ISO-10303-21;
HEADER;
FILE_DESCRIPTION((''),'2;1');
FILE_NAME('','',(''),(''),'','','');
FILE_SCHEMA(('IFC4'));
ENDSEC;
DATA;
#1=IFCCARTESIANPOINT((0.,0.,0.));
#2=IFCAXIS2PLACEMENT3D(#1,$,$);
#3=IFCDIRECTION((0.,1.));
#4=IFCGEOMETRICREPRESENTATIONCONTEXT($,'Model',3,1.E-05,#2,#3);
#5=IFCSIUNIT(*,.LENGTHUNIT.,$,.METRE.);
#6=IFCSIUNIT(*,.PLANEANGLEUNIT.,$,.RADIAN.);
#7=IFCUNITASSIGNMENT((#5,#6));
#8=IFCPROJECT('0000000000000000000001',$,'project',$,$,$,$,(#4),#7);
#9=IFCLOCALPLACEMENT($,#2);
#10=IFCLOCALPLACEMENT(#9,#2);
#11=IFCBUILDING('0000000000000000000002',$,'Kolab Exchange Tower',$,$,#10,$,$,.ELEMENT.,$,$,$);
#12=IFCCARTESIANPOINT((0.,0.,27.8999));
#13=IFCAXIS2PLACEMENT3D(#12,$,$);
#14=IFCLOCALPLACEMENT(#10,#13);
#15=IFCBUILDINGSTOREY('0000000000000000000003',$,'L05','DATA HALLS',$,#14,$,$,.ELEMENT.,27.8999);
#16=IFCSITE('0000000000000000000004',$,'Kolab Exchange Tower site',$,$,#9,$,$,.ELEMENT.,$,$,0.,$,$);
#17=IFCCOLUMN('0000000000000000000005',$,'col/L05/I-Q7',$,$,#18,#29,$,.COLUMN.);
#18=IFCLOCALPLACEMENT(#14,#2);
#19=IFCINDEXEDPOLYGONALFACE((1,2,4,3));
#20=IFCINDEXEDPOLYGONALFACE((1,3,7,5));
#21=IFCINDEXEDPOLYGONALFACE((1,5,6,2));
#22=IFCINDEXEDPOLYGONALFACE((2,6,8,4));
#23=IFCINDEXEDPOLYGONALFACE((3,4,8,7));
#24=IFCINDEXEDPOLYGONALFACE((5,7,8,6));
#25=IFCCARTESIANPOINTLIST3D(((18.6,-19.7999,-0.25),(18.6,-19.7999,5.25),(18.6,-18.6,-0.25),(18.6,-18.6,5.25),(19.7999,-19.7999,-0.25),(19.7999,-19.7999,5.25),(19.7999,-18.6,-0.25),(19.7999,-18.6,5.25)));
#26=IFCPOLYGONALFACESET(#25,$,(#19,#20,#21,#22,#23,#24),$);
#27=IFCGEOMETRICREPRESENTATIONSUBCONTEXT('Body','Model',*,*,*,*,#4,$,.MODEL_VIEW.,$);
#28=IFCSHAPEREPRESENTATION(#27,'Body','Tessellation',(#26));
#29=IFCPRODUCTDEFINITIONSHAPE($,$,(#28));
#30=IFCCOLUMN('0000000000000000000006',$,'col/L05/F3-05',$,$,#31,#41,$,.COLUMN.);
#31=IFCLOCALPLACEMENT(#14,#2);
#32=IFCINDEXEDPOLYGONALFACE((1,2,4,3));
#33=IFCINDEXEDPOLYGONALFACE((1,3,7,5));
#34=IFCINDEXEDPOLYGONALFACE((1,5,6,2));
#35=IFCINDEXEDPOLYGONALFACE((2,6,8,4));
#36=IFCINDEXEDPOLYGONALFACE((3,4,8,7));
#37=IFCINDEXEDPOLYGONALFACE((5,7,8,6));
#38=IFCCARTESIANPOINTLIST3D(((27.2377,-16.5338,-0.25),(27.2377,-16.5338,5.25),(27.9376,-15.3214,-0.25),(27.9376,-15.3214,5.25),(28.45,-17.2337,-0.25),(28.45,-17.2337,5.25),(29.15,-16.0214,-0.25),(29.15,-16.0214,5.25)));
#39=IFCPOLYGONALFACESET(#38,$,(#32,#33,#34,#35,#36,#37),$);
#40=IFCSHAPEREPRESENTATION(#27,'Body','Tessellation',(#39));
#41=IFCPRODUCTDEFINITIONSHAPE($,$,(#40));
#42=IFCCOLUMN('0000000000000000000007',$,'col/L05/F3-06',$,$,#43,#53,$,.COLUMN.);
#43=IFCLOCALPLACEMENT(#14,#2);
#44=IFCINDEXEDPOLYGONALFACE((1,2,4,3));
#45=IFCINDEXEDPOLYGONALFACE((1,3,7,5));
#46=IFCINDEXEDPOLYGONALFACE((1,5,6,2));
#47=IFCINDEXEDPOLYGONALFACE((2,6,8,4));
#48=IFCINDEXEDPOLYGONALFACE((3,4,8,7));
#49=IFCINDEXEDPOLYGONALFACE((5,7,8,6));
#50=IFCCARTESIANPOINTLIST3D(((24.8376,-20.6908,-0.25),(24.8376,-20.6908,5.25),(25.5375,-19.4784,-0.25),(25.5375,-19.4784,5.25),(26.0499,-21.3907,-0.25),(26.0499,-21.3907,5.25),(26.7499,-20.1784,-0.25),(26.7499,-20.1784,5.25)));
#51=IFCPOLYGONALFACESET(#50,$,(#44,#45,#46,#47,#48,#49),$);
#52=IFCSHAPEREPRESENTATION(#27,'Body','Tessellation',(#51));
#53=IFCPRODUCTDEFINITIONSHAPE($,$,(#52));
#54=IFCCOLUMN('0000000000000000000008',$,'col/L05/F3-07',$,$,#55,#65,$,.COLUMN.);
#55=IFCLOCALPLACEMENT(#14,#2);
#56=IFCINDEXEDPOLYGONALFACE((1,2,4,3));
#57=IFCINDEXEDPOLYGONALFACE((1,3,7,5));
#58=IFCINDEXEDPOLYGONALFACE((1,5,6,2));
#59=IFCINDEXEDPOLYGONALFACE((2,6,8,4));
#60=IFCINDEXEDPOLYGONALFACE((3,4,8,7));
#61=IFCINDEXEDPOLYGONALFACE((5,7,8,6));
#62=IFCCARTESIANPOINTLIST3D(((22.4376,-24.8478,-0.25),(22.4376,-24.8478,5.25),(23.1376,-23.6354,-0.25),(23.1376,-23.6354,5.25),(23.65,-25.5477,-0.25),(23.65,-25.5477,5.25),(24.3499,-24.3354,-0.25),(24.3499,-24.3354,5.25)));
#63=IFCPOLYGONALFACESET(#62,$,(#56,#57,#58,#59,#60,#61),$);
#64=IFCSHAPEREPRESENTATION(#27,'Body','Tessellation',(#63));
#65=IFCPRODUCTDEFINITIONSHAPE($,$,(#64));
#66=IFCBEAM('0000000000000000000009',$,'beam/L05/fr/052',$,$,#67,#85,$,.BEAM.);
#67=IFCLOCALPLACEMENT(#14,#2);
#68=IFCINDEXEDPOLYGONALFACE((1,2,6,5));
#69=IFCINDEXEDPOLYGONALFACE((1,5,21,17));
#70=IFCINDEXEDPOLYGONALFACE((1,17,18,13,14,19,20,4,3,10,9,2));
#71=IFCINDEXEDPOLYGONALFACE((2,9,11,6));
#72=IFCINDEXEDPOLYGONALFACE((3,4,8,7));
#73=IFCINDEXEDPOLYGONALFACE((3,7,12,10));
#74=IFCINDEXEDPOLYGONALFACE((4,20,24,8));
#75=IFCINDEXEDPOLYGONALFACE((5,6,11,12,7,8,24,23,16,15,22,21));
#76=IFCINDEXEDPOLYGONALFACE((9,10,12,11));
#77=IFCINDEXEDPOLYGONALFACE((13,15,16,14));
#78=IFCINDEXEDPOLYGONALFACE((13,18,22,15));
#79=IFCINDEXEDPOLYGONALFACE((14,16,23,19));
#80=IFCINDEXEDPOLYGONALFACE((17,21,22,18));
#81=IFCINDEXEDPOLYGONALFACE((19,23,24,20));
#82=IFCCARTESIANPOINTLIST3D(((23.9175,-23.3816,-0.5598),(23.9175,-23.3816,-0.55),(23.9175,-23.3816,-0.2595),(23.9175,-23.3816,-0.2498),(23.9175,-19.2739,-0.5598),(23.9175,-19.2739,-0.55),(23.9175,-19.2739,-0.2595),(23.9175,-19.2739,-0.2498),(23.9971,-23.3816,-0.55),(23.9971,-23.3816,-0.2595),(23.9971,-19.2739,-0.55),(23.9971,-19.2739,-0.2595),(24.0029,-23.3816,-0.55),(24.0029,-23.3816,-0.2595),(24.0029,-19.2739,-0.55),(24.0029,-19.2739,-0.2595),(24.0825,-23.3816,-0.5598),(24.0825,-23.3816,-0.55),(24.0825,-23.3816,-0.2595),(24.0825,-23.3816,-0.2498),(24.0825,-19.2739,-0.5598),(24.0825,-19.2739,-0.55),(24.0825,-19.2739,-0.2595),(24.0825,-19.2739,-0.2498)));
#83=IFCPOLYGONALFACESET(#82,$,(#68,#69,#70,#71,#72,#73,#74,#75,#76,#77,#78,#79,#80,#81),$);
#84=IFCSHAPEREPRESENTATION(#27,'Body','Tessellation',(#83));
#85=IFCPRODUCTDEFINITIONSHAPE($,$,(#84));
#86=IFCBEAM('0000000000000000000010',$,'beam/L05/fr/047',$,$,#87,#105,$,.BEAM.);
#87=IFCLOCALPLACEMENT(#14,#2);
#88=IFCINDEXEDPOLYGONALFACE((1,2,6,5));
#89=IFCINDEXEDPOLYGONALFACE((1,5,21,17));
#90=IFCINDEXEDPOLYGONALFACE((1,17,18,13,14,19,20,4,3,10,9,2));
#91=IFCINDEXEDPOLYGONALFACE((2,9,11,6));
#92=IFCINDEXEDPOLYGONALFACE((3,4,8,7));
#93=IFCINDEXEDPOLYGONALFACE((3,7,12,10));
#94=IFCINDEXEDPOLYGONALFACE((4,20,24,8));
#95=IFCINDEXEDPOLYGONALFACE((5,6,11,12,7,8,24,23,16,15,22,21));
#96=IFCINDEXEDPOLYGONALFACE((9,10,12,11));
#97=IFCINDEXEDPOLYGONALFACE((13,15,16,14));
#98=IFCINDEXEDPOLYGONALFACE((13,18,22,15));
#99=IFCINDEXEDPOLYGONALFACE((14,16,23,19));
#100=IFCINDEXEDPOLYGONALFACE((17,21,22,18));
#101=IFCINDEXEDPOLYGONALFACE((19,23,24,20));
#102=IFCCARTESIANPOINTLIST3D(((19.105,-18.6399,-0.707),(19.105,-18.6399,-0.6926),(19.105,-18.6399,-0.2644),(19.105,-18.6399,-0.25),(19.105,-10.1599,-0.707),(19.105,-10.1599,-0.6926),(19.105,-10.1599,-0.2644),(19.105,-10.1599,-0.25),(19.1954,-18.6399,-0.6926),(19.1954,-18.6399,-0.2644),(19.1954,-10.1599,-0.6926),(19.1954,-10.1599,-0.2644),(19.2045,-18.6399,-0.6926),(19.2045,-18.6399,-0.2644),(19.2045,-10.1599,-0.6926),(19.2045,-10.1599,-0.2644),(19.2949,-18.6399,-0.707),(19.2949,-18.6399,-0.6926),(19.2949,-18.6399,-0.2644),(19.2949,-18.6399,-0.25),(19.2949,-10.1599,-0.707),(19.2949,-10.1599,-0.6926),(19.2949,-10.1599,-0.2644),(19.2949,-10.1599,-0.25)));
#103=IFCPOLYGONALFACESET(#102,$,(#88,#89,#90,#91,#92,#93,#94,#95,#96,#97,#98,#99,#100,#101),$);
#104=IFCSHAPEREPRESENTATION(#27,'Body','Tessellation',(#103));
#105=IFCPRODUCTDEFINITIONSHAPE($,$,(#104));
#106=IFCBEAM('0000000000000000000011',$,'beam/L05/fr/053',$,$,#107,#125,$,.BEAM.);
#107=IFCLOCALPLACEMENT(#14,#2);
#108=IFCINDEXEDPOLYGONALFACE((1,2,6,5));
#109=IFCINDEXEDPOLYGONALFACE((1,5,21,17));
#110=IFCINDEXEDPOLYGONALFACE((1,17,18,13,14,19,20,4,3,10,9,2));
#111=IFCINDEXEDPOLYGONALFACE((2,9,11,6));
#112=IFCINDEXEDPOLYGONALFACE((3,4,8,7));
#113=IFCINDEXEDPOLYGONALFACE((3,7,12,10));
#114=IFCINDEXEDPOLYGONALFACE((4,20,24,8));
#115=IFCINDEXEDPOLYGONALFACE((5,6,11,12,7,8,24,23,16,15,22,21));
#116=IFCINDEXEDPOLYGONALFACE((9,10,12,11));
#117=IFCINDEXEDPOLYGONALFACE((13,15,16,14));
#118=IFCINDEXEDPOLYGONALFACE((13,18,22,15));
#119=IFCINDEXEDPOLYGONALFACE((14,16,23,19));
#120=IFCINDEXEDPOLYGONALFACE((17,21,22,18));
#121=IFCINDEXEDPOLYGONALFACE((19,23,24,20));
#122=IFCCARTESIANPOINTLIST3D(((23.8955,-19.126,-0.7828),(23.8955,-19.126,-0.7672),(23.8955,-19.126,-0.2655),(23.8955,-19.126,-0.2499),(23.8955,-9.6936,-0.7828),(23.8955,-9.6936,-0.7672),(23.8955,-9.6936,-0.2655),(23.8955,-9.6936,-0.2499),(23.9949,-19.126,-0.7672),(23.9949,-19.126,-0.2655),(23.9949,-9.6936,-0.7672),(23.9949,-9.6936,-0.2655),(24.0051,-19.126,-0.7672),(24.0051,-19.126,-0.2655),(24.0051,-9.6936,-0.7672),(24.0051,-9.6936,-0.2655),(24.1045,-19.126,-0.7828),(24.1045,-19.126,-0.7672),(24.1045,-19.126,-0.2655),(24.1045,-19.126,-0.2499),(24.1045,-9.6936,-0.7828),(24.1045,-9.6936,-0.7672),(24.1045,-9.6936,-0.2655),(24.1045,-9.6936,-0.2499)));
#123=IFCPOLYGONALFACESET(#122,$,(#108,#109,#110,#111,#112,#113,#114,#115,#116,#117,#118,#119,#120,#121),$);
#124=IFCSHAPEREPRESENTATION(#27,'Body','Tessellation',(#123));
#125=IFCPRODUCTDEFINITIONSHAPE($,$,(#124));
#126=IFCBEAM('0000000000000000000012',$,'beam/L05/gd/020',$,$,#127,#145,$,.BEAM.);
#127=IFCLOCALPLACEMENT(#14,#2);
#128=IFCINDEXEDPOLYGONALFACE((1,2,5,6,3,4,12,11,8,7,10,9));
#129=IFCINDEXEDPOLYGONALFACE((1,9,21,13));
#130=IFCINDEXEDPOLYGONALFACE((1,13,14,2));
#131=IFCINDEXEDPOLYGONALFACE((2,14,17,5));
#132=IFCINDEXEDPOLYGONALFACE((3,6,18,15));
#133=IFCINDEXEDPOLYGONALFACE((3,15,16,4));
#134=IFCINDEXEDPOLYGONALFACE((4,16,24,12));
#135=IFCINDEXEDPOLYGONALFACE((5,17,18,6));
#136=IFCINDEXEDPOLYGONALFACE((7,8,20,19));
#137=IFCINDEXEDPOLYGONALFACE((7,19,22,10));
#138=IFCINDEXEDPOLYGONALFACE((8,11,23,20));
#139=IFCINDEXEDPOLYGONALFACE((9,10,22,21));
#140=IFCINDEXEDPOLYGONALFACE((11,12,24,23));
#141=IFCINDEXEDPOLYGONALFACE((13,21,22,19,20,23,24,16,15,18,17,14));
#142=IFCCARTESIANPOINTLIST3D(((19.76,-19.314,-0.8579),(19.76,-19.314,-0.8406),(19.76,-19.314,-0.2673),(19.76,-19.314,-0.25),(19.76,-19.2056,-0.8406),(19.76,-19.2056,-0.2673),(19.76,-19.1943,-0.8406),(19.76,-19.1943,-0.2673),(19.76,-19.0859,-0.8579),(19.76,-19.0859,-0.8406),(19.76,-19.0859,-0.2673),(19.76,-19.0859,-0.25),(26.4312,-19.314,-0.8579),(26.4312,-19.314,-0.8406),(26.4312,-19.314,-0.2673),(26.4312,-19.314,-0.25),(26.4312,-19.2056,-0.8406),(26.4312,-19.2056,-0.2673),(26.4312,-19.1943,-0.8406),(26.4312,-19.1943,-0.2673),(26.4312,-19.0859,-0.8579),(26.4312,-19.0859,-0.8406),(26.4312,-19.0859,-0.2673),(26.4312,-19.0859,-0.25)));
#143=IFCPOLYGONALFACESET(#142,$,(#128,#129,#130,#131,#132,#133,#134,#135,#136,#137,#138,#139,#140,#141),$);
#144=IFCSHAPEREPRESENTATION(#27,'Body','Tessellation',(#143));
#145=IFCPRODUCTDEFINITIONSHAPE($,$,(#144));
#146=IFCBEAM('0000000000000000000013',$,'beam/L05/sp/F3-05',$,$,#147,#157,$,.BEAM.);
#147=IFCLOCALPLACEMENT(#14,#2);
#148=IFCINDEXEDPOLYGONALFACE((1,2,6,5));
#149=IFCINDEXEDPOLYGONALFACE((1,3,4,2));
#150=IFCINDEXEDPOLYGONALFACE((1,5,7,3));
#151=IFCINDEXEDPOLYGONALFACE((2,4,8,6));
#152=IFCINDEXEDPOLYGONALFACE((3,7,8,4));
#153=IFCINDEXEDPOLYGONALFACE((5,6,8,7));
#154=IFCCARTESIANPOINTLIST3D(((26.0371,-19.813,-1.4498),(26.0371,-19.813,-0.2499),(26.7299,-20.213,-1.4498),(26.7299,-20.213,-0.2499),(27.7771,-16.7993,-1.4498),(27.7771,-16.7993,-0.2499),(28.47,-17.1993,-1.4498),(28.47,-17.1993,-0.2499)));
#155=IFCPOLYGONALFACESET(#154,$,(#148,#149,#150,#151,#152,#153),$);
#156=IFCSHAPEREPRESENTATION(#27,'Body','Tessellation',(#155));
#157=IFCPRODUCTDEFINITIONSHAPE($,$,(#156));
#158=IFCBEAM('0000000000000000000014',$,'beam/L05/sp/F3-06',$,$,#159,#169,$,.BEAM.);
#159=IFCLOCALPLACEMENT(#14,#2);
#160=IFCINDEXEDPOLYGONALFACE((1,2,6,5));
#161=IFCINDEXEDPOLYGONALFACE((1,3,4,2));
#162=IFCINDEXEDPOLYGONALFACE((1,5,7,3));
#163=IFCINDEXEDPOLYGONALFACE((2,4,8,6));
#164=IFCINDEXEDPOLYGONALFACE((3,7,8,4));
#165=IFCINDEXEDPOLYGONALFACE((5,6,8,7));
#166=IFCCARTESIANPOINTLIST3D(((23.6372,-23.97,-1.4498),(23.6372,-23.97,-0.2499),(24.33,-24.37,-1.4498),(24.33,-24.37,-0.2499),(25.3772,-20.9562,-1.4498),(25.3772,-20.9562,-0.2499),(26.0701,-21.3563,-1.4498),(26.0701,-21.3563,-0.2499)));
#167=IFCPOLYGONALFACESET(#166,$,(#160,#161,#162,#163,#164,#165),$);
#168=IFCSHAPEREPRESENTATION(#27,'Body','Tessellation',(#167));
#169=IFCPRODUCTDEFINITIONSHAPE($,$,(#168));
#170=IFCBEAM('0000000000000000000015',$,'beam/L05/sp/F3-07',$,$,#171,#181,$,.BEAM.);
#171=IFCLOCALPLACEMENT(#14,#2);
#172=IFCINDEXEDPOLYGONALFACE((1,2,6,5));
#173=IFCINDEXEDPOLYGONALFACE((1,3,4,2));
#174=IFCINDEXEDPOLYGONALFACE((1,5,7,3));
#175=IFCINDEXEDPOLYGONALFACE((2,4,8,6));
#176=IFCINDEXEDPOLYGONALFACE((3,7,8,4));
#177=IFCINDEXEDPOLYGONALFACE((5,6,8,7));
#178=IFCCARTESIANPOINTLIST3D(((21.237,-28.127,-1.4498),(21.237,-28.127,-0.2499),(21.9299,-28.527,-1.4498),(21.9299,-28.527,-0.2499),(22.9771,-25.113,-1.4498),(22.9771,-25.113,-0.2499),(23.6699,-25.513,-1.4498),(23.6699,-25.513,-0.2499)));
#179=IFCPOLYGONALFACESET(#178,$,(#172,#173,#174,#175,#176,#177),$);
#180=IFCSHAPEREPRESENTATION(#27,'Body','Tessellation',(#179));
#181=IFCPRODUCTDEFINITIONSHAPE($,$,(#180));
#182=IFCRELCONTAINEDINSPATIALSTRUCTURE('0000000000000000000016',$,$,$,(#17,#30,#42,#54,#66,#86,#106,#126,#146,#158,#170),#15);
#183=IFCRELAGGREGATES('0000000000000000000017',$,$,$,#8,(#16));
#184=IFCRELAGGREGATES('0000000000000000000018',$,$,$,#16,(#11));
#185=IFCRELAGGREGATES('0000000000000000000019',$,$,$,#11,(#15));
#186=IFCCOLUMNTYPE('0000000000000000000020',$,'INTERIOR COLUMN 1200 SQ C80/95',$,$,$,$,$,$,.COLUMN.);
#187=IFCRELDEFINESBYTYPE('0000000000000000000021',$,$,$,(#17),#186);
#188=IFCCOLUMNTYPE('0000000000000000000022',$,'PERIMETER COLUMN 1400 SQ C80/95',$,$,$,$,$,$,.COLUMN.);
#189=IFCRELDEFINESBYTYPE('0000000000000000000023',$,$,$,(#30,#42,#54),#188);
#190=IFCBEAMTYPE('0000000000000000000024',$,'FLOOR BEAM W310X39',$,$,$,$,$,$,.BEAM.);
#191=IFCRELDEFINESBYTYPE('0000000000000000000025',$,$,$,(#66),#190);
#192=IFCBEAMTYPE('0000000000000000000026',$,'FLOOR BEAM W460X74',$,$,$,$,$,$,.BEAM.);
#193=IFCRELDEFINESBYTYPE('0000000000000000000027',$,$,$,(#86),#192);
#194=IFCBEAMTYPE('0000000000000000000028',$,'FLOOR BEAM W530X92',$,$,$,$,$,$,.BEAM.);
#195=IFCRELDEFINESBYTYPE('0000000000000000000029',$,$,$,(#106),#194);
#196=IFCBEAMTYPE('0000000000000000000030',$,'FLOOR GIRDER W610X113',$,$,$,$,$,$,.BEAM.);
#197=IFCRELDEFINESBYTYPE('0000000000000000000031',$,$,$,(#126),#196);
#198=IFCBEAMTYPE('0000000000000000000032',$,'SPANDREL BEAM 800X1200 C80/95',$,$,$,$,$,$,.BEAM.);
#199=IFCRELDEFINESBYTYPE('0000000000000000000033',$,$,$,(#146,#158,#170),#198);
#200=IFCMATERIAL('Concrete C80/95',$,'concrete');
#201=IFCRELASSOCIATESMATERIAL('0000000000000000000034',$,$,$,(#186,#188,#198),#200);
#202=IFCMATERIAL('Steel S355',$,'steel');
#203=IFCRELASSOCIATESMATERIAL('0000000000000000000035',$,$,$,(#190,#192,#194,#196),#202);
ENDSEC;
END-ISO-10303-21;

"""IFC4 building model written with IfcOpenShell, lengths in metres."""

from ifc_helpers import new_model, si_unit, direction, frame, origin, origin_2d, place, context, subcontext, project, spatial, rectangle, i_section, extrude, material, material_profile, profile_set, type_object, element, save


model = new_model("IFC4")

# Units and contexts
model_context = context("Model", 3, precision=1e-05, world=origin(), true_north=direction((0.0, 1.0)))
body_context = subcontext(model_context, "Body", "Model", "MODEL_VIEW")
ifc_project = project(units=[si_unit("LENGTHUNIT", "METRE"), si_unit("PLANEANGLEUNIT", "RADIAN")], contexts=[model_context])

# Site, building, storey
site_placement = place(None, origin())
site = spatial("IfcSite", under=ifc_project, at=site_placement, Name="Kolab Exchange Tower site", CompositionType="ELEMENT", RefElevation=0.0)
building_placement = place(site_placement, origin())
building = spatial("IfcBuilding", under=site, at=building_placement, Name="Kolab Exchange Tower", CompositionType="ELEMENT")
storey_placement = place(building_placement, frame((0.0, 0.0, 27.8999)))
storey = spatial("IfcBuildingStorey", under=building, at=storey_placement, Name="L05", Description="DATA HALLS", CompositionType="ELEMENT", Elevation=27.8999)

# Columns
ifc_material_1 = material(Name="Concrete C80/95", Category="concrete")
ifc_material_profile_1 = material_profile(ifc_material_1, rectangle(XDim=1.2, YDim=1.2, at=origin_2d()), Name="RC1200")
ifc_profile_set_1 = profile_set([ifc_material_profile_1], Name="Concrete C80/95")
column_type_1 = type_object("IfcColumnType", Name="INTERIOR COLUMN 1200 SQ C80/95", PredefinedType="COLUMN", material=ifc_profile_set_1)
column_placement = place(storey_placement, frame((19.2, -19.2, -0.25), z_axis=(0.0, 0.0, 1.0), x_axis=(1.0, 0.0, 0.0)))
element("IfcColumn", 1, at=column_placement, inside=storey, type_object=column_type_1, Name="col/L05/I-Q7", PredefinedType="COLUMN", context=body_context, shape_type="SweptSolid", body=[
    extrude(rectangle(XDim=1.2, YDim=1.2, at=origin_2d()), origin(), (0.0, 0.0, 1.0), 5.5),
])
ifc_material_profile_2 = material_profile(ifc_material_1, rectangle(XDim=1.3999, YDim=1.3999, at=origin_2d()), Name="RC1400")
ifc_profile_set_2 = profile_set([ifc_material_profile_2], Name="Concrete C80/95")
column_type_2 = type_object("IfcColumnType", Name="PERIMETER COLUMN 1400 SQ C80/95", PredefinedType="COLUMN", material=ifc_profile_set_2)
for number, where, z_axis, x_axis, name in (
    (2, (28.1938, -16.2776, -0.25), (0.0, 0.0, 1.0), (0.5, 0.866025, 0.0), "col/L05/F3-05"),
    (3, (25.7937, -20.4346, -0.25), (0.0, 0.0, 1.0), (0.5, 0.866025, 0.0), "col/L05/F3-06"),
    (4, (23.3938, -24.5916, -0.25), (0.0, 0.0, 1.0), (0.5, 0.866025, 0.0), "col/L05/F3-07"),
):
    element("IfcColumn", number, at=place(storey_placement, frame(where, z_axis=z_axis, x_axis=x_axis)), inside=storey, type_object=column_type_2, Name=name, PredefinedType="COLUMN", context=body_context, shape_type="SweptSolid", body=[
        extrude(rectangle(XDim=1.3999, YDim=1.3999, at=origin_2d()), origin(), (0.0, 0.0, 1.0), 5.5),
    ])

# Beams
ifc_material_2 = material(Name="Steel S355", Category="steel")
ifc_material_profile_3 = material_profile(ifc_material_2, i_section(OverallWidth=0.165, OverallDepth=0.3101, WebThickness=0.0059, FlangeThickness=0.0098, at=origin_2d()), Name="W310X39")
ifc_profile_set_3 = profile_set([ifc_material_profile_3], Name="Steel S355")
beam_type_1 = type_object("IfcBeamType", Name="FLOOR BEAM W310X39", PredefinedType="BEAM", material=ifc_profile_set_3)
beam_1_placement = place(storey_placement, frame((24.0, -23.3816, -0.4048), z_axis=(0.0, 1.0, 0.0), x_axis=(-1.0, 0.0, 0.0)))
element("IfcBeam", 5, at=beam_1_placement, inside=storey, type_object=beam_type_1, Name="beam/L05/fr/052", PredefinedType="BEAM", context=body_context, shape_type="SweptSolid", body=[
    extrude(i_section(OverallWidth=0.165, OverallDepth=0.3101, WebThickness=0.0059, FlangeThickness=0.0098, at=origin_2d()), origin(), (0.0, 0.0, 1.0), 4.1077),
])
ifc_material_profile_4 = material_profile(ifc_material_2, i_section(OverallWidth=0.1899, OverallDepth=0.457, WebThickness=0.009, FlangeThickness=0.0144, at=origin_2d()), Name="W460X74")
ifc_profile_set_4 = profile_set([ifc_material_profile_4], Name="Steel S355")
beam_type_2 = type_object("IfcBeamType", Name="FLOOR BEAM W460X74", PredefinedType="BEAM", material=ifc_profile_set_4)
beam_2_placement = place(storey_placement, frame((19.2, -18.6399, -0.4785), z_axis=(0.0, 1.0, 0.0), x_axis=(-1.0, 0.0, 0.0)))
element("IfcBeam", 6, at=beam_2_placement, inside=storey, type_object=beam_type_2, Name="beam/L05/fr/047", PredefinedType="BEAM", context=body_context, shape_type="SweptSolid", body=[
    extrude(i_section(OverallWidth=0.1899, OverallDepth=0.457, WebThickness=0.009, FlangeThickness=0.0144, at=origin_2d()), origin(), (0.0, 0.0, 1.0), 8.48),
])
ifc_material_profile_5 = material_profile(ifc_material_2, i_section(OverallWidth=0.209, OverallDepth=0.533, WebThickness=0.0103, FlangeThickness=0.0156, at=origin_2d()), Name="W530X92")
ifc_profile_set_5 = profile_set([ifc_material_profile_5], Name="Steel S355")
beam_type_3 = type_object("IfcBeamType", Name="FLOOR BEAM W530X92", PredefinedType="BEAM", material=ifc_profile_set_5)
beam_3_placement = place(storey_placement, frame((24.0, -19.126, -0.5164), z_axis=(0.0, 1.0, 0.0), x_axis=(-1.0, 0.0, 0.0)))
element("IfcBeam", 7, at=beam_3_placement, inside=storey, type_object=beam_type_3, Name="beam/L05/fr/053", PredefinedType="BEAM", context=body_context, shape_type="SweptSolid", body=[
    extrude(i_section(OverallWidth=0.209, OverallDepth=0.533, WebThickness=0.0103, FlangeThickness=0.0156, at=origin_2d()), origin(), (0.0, 0.0, 1.0), 9.4324),
])
ifc_material_profile_6 = material_profile(ifc_material_2, i_section(OverallWidth=0.228, OverallDepth=0.6079, WebThickness=0.0112, FlangeThickness=0.0173, at=origin_2d()), Name="W610X113")
ifc_profile_set_6 = profile_set([ifc_material_profile_6], Name="Steel S355")
beam_type_4 = type_object("IfcBeamType", Name="FLOOR GIRDER W610X113", PredefinedType="BEAM", material=ifc_profile_set_6)
beam_4_placement = place(storey_placement, frame((19.76, -19.2, -0.554), z_axis=(1.0, 0.0, 0.0), x_axis=(0.0, 1.0, 0.0)))
element("IfcBeam", 8, at=beam_4_placement, inside=storey, type_object=beam_type_4, Name="beam/L05/gd/020", PredefinedType="BEAM", context=body_context, shape_type="SweptSolid", body=[
    extrude(i_section(OverallWidth=0.228, OverallDepth=0.6079, WebThickness=0.0112, FlangeThickness=0.0173, at=origin_2d()), origin(), (0.0, 0.0, 1.0), 6.6711),
])
ifc_material_profile_7 = material_profile(ifc_material_1, rectangle(XDim=0.8, YDim=1.2, at=origin_2d()), Name="RC800X1200")
ifc_profile_set_7 = profile_set([ifc_material_profile_7], Name="Concrete C80/95")
beam_type_5 = type_object("IfcBeamType", Name="SPANDREL BEAM 800X1200 C80/95", PredefinedType="BEAM", material=ifc_profile_set_7)
for number, where, z_axis, x_axis, name in (
    (9, (28.1235, -16.9993, -0.8499), (-0.50001, -0.86602, 0.0), (0.86602, -0.50001, 0.0), "beam/L05/sp/F3-05"),
    (10, (25.7236, -21.1562, -0.8499), (-0.50001, -0.86602, 0.0), (0.86602, -0.50001, 0.0), "beam/L05/sp/F3-06"),
):
    element("IfcBeam", number, at=place(storey_placement, frame(where, z_axis=z_axis, x_axis=x_axis)), inside=storey, type_object=beam_type_5, Name=name, PredefinedType="BEAM", context=body_context, shape_type="SweptSolid", body=[
        extrude(rectangle(XDim=0.8, YDim=1.2, at=origin_2d()), origin(), (0.0, 0.0, 1.0), 3.48),
    ])
beam_5_placement = place(storey_placement, frame((23.3235, -25.313, -0.8499), z_axis=(-0.49998, -0.866037, 0.0), x_axis=(0.866037, -0.49998, 0.0)))
element("IfcBeam", 11, at=beam_5_placement, inside=storey, type_object=beam_type_5, Name="beam/L05/sp/F3-07", PredefinedType="BEAM", context=body_context, shape_type="SweptSolid", body=[
    extrude(rectangle(XDim=0.8, YDim=1.2, at=origin_2d()), origin(), (0.0, 0.0, 1.0), 3.4802),
])

save(model, "model.ifc")
